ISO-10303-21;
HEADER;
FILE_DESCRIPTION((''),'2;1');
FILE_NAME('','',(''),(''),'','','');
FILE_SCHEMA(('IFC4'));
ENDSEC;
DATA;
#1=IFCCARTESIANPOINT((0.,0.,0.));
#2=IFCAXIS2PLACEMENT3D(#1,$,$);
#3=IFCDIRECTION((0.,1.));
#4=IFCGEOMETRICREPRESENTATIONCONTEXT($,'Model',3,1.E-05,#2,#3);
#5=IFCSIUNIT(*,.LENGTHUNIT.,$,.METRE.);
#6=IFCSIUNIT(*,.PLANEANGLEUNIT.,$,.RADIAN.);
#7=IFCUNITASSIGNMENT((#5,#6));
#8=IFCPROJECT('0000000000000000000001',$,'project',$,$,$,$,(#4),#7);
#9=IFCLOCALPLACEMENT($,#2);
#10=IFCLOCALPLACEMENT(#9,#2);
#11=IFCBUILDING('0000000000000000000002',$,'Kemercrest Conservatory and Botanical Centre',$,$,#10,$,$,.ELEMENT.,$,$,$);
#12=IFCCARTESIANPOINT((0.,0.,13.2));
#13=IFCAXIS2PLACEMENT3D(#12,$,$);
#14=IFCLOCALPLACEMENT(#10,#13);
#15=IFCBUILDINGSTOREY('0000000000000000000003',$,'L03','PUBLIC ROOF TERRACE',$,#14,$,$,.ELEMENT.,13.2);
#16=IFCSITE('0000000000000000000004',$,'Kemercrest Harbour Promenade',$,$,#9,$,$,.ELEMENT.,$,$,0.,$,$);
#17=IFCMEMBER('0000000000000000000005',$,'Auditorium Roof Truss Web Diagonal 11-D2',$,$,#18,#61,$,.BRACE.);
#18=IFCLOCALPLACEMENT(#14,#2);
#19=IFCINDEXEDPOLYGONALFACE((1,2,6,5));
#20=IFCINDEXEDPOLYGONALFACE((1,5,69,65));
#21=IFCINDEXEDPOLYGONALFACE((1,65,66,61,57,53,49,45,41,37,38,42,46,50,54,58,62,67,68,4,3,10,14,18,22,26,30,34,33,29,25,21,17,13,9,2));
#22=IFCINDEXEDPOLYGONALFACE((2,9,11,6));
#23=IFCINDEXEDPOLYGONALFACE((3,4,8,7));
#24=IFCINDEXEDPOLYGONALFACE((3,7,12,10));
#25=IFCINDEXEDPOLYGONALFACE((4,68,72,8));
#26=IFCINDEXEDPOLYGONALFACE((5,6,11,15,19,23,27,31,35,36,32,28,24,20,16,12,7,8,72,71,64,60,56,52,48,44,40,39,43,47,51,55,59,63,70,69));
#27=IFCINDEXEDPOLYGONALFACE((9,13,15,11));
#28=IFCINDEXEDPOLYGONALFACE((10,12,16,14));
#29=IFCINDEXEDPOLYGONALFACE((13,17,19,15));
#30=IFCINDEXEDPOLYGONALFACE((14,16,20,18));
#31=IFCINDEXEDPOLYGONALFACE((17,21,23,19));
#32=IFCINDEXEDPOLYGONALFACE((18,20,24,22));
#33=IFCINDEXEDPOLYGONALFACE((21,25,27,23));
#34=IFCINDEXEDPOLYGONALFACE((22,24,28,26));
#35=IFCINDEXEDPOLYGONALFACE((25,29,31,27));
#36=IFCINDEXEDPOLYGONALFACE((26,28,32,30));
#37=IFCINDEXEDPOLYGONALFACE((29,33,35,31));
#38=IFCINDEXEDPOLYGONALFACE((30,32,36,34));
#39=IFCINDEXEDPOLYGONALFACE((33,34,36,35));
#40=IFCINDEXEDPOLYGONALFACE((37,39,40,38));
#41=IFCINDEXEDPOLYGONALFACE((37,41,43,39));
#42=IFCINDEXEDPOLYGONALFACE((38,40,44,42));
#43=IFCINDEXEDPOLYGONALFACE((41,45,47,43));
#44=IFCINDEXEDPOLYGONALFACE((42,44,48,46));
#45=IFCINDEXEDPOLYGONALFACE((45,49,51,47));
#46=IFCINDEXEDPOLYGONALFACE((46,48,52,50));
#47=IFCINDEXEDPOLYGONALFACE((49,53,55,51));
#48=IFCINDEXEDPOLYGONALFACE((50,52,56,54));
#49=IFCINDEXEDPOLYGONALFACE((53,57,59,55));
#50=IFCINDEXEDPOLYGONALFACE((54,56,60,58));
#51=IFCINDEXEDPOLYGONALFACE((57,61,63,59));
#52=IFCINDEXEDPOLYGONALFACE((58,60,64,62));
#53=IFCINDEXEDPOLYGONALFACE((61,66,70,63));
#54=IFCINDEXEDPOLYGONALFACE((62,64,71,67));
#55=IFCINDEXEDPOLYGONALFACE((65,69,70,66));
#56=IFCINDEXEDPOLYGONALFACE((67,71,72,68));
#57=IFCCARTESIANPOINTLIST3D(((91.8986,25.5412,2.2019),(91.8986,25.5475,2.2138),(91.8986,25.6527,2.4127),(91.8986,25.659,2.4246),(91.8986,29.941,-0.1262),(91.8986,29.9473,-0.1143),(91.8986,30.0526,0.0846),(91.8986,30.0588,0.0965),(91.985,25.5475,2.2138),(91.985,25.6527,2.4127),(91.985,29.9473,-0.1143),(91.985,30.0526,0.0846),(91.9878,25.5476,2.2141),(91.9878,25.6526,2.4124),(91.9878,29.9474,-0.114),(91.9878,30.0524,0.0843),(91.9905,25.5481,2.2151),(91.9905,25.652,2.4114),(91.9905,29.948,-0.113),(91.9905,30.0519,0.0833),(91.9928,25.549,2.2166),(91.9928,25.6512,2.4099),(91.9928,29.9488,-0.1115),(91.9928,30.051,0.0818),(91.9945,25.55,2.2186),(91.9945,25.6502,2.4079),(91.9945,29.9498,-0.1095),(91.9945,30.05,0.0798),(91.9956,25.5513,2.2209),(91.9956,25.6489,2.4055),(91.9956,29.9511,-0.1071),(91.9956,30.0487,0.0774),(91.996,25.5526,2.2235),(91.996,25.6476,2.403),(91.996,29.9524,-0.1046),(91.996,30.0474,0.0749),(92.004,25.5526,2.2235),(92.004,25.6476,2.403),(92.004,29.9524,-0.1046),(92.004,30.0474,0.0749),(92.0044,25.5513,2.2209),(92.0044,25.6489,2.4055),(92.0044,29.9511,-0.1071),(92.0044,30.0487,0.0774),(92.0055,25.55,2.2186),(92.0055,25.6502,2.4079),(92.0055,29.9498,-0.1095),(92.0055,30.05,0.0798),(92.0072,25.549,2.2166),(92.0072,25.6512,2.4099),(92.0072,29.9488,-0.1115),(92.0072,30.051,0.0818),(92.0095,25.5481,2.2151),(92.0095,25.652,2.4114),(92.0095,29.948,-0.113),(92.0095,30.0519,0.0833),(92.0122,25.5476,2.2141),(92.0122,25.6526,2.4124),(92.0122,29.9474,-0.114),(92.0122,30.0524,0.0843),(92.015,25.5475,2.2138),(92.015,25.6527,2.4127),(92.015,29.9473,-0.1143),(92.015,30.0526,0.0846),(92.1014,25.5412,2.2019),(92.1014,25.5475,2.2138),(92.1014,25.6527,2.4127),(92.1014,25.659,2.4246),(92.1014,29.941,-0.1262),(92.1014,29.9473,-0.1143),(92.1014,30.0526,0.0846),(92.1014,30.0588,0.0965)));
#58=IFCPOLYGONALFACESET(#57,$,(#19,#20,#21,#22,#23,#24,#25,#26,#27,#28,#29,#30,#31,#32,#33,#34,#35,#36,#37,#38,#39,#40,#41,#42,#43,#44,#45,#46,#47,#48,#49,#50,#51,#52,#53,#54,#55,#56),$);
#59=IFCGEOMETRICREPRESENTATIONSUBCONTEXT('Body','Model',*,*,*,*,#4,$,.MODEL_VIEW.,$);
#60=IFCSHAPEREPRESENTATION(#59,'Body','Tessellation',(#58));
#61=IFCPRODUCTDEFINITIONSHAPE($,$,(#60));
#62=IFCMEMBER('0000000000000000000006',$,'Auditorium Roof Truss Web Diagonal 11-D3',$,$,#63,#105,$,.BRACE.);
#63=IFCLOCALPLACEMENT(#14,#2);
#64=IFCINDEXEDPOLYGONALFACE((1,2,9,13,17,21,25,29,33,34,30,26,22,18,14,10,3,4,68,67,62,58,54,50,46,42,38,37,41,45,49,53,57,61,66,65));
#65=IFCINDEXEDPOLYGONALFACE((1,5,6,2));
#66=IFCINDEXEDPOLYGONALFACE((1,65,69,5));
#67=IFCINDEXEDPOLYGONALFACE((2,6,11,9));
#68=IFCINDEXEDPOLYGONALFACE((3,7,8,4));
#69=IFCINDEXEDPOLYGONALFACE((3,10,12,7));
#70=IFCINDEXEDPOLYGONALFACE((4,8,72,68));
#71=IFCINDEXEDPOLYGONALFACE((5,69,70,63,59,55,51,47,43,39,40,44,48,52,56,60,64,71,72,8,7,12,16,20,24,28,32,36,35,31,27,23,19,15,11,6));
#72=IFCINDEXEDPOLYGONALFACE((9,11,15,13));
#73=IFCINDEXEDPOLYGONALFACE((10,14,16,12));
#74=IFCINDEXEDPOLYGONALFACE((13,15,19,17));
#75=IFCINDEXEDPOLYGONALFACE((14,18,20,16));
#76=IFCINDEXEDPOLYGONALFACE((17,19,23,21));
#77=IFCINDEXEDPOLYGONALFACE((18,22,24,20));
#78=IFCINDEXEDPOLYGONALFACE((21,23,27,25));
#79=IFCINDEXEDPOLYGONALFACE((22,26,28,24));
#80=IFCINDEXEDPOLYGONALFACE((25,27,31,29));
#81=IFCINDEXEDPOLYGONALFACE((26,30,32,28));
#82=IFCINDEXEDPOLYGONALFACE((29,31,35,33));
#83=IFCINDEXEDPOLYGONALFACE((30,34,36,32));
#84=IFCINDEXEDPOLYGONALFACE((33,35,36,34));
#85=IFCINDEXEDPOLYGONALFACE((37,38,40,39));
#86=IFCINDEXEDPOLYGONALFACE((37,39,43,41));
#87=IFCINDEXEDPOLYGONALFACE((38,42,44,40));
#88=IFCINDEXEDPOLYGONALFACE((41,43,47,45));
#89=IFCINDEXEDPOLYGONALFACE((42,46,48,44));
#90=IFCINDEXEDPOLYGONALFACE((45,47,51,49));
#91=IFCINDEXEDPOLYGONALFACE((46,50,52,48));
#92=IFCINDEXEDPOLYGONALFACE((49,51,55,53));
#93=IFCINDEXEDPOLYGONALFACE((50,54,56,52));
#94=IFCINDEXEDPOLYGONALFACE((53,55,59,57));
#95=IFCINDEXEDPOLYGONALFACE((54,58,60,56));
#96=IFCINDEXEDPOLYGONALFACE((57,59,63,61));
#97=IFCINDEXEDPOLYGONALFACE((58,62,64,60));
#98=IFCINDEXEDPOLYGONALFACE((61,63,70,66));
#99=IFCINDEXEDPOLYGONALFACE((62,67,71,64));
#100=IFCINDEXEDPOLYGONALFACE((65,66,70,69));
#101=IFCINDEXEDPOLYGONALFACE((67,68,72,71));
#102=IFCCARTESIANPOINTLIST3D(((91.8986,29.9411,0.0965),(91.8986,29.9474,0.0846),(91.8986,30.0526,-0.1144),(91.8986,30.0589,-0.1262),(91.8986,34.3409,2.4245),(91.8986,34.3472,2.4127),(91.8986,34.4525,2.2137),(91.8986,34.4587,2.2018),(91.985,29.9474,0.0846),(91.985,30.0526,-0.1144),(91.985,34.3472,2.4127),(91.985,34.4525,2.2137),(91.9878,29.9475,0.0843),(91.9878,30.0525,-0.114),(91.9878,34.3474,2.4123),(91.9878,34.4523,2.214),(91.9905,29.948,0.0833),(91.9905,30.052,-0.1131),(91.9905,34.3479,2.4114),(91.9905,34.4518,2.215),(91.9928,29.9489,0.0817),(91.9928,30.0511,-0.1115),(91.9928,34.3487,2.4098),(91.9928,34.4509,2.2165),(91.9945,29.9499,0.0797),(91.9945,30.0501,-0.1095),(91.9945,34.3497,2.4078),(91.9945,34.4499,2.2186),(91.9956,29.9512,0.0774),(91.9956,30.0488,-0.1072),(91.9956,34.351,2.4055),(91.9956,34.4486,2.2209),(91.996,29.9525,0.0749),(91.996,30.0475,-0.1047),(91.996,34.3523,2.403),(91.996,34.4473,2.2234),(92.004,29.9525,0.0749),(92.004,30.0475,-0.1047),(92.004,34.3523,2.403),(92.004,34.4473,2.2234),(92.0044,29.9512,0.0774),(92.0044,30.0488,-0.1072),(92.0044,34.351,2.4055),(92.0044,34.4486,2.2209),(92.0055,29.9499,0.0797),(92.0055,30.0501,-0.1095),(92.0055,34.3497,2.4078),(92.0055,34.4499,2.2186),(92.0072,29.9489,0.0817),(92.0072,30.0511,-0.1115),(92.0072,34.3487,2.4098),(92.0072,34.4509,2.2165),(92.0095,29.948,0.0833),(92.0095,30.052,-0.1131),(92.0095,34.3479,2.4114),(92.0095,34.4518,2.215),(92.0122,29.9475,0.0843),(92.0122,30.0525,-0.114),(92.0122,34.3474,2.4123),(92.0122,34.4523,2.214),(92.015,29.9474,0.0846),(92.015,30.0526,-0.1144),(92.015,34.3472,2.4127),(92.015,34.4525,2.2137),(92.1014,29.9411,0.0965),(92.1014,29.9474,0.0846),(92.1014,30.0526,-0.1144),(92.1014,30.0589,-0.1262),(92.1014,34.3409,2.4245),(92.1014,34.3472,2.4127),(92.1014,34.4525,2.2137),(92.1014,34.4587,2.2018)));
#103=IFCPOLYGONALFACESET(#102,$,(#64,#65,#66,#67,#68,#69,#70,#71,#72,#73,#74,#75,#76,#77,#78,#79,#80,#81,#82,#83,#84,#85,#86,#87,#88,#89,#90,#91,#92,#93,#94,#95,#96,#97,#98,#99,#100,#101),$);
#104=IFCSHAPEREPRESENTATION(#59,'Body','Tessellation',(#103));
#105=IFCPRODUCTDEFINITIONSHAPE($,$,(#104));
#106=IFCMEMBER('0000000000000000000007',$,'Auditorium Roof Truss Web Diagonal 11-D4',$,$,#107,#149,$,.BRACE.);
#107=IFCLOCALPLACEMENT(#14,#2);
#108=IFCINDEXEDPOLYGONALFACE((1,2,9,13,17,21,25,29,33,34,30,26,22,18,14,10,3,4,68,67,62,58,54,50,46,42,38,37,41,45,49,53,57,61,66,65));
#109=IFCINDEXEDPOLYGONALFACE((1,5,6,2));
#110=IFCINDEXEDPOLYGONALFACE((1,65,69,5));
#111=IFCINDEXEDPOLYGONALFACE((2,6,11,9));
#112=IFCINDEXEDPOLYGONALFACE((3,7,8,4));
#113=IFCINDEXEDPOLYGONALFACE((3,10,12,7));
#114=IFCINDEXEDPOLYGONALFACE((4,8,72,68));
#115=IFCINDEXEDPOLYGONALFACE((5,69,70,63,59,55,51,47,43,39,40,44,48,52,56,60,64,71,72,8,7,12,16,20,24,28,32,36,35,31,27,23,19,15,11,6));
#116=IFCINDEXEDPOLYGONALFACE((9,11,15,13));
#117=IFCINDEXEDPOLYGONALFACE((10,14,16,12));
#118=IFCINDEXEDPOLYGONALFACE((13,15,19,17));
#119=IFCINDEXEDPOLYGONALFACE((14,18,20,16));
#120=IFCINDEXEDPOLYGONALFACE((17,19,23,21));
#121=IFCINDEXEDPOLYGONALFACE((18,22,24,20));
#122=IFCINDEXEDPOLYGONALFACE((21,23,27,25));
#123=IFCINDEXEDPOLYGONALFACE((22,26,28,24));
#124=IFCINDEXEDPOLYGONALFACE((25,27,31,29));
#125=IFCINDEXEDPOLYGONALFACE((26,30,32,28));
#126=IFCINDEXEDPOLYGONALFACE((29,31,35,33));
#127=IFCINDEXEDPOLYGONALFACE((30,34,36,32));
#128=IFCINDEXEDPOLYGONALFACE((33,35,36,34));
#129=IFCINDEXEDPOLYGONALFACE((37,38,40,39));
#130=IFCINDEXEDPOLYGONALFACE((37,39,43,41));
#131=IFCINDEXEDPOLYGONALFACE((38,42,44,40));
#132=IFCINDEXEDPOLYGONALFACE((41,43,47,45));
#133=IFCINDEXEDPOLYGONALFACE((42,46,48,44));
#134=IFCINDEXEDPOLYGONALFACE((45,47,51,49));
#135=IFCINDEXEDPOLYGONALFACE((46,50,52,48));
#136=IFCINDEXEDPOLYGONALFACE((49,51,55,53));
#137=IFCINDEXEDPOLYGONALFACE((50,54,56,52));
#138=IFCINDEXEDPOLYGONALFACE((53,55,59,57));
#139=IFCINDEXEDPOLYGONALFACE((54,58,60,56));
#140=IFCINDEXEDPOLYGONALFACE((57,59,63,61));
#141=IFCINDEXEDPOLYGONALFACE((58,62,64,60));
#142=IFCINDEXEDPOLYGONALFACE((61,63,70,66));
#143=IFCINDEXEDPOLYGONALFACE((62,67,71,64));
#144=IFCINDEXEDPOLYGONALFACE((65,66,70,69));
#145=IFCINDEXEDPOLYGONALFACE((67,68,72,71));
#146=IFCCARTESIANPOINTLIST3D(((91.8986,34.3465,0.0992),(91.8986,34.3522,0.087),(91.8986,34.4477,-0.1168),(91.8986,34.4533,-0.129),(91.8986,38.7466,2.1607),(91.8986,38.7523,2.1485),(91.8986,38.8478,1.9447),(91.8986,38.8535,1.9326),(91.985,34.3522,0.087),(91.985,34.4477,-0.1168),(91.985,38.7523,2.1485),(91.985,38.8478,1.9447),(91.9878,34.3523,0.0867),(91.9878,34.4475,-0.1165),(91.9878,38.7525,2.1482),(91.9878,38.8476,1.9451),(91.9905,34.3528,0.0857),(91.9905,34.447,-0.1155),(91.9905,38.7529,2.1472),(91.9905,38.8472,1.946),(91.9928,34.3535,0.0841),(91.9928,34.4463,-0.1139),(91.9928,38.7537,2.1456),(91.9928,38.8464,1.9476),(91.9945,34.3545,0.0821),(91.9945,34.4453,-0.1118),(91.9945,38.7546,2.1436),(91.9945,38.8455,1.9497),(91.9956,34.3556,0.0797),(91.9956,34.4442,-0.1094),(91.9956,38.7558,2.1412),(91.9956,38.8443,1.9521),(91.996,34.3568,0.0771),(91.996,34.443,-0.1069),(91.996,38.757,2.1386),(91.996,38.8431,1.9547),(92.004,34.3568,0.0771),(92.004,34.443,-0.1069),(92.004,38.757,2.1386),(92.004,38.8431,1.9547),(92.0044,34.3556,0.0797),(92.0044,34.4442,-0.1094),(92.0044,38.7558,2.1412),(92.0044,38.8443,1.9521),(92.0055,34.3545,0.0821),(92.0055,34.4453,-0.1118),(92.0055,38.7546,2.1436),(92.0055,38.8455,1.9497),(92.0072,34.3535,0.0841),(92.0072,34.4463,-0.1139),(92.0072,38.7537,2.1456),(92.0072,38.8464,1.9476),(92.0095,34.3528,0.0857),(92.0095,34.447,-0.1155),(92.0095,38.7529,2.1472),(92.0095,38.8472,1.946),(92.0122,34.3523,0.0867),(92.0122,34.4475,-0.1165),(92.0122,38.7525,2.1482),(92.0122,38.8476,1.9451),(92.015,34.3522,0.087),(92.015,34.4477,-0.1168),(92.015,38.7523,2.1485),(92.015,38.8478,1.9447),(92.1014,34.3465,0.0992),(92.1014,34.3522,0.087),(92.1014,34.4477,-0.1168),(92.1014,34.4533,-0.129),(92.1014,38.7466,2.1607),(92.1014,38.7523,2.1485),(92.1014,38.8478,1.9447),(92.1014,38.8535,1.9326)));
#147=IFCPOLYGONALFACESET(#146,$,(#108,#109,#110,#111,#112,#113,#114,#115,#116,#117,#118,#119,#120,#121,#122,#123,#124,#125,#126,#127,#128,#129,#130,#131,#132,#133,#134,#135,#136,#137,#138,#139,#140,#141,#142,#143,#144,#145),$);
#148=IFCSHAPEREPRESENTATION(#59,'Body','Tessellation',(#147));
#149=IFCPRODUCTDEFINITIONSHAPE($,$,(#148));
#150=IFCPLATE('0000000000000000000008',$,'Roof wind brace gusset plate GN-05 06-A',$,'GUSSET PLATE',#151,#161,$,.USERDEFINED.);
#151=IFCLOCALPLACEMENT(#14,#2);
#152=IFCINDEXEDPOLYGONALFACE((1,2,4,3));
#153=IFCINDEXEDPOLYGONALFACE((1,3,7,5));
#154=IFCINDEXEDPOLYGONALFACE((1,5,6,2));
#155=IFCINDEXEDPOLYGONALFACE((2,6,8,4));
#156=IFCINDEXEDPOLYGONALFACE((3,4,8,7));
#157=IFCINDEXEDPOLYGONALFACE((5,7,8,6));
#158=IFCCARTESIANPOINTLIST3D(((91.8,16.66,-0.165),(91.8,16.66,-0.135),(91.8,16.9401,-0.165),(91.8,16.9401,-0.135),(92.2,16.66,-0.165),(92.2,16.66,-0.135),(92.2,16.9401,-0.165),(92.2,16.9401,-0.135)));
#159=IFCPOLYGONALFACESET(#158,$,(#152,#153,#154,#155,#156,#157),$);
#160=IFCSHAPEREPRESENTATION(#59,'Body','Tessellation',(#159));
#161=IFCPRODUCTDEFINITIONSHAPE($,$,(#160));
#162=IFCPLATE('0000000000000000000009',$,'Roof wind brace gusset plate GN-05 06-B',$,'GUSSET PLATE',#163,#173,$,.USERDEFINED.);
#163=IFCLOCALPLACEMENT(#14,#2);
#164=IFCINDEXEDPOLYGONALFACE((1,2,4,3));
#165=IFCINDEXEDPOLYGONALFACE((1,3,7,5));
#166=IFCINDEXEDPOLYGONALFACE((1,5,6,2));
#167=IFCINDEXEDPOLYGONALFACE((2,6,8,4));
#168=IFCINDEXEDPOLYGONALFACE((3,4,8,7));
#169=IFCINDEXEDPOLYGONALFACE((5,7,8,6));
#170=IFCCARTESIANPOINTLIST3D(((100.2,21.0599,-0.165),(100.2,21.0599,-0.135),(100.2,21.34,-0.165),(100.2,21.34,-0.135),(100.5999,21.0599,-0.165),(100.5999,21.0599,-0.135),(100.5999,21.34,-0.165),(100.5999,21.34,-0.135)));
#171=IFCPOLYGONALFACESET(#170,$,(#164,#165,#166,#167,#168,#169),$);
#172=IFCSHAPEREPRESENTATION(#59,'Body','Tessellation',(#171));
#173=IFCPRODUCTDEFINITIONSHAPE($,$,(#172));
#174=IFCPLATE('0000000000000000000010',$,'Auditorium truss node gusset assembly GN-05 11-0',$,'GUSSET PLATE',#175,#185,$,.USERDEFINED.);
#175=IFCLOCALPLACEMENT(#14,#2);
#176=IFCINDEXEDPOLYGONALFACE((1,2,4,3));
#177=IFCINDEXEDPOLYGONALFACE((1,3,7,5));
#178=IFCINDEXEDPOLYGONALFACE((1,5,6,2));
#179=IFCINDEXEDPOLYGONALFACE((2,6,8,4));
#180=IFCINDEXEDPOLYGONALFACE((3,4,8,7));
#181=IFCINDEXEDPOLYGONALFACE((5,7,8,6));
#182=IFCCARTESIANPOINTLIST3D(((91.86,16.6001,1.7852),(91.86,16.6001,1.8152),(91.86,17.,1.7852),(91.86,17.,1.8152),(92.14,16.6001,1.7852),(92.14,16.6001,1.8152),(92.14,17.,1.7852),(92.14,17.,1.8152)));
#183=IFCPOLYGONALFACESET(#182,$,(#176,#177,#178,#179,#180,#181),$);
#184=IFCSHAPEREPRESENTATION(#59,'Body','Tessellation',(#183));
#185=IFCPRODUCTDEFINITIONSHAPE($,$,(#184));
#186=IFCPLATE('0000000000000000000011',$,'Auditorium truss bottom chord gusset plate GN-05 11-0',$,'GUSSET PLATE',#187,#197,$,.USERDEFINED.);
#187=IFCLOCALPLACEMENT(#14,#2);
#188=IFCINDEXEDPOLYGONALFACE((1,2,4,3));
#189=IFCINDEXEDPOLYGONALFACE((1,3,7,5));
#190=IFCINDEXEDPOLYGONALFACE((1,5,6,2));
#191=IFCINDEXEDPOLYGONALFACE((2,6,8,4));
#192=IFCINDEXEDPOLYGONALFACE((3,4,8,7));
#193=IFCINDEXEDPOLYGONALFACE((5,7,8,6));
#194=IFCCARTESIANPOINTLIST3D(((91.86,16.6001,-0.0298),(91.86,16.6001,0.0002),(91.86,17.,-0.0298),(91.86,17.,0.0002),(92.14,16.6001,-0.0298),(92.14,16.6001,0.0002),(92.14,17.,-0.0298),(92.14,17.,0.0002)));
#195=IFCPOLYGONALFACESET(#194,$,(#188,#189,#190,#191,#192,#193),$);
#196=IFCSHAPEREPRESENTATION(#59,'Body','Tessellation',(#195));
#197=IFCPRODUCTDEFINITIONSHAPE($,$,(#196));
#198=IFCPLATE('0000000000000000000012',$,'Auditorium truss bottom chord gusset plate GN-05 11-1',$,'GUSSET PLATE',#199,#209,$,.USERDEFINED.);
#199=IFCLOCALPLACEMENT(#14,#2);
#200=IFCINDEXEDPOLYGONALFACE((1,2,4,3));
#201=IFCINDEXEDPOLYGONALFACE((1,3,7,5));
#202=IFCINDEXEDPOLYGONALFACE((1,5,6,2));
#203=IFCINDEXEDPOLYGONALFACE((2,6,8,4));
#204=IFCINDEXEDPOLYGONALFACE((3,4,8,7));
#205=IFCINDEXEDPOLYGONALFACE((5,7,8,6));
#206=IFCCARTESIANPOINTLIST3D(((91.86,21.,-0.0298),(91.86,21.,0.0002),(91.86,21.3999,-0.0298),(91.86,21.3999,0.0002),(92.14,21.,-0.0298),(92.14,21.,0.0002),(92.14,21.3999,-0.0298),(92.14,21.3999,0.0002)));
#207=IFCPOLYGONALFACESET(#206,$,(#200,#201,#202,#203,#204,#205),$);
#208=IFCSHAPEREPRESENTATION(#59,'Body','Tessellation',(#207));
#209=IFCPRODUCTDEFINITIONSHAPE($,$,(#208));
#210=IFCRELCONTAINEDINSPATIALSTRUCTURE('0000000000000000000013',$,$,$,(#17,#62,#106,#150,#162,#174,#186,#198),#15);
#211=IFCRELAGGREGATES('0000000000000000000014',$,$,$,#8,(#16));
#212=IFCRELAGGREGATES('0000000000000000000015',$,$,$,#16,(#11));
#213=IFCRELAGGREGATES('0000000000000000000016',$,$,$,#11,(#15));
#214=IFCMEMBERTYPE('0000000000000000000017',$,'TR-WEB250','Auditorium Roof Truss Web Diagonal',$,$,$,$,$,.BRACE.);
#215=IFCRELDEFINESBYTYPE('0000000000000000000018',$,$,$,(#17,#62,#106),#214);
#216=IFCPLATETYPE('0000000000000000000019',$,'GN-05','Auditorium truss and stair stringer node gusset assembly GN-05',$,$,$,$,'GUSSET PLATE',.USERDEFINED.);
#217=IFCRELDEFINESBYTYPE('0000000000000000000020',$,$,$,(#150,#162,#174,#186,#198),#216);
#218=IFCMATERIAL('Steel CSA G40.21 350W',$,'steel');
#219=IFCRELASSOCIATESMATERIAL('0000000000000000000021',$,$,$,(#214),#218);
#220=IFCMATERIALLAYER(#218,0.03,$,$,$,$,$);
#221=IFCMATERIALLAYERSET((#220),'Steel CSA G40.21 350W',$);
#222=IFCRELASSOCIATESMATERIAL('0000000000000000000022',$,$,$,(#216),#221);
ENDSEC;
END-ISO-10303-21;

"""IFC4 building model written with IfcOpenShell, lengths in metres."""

from ifc_helpers import new_model, si_unit, direction, frame, origin, origin_2d, place, context, subcontext, project, spatial, rectangle, i_section, extrude, material, layer, layer_set, material_profile, profile_set, type_object, element, save


model = new_model("IFC4")

# Units and contexts
model_context = context("Model", 3, precision=1e-05, world=origin(), true_north=direction((0.0, 1.0)))
body_context = subcontext(model_context, "Body", "Model", "MODEL_VIEW")
ifc_project = project(units=[si_unit("LENGTHUNIT", "METRE"), si_unit("PLANEANGLEUNIT", "RADIAN")], contexts=[model_context])

# Site, building, storey
site_placement = place(None, origin())
site = spatial("IfcSite", under=ifc_project, at=site_placement, Name="Kemercrest Harbour Promenade", CompositionType="ELEMENT", RefElevation=0.0)
building_placement = place(site_placement, origin())
building = spatial("IfcBuilding", under=site, at=building_placement, Name="Kemercrest Conservatory and Botanical Centre", CompositionType="ELEMENT")
storey_placement = place(building_placement, frame((0.0, 0.0, 13.2)))
storey = spatial("IfcBuildingStorey", under=building, at=storey_placement, Name="L03", Description="PUBLIC ROOF TERRACE", CompositionType="ELEMENT", Elevation=13.2)

# Members
ifc_material = material(Name="Steel CSA G40.21 350W", Category="steel")
ifc_material_profile_1 = material_profile(ifc_material, i_section(OverallWidth=0.2029, OverallDepth=0.252, WebThickness=0.0081, FlangeThickness=0.0134, FilletRadius=0.011, at=origin_2d()), Name="W250X58")
ifc_profile_set_1 = profile_set([ifc_material_profile_1], Name="Steel CSA G40.21 350W")
member_type_1 = type_object("IfcMemberType", Name="TR-WEB250", Description="Auditorium Roof Truss Web Diagonal", PredefinedType="BRACE", material=ifc_profile_set_1)
for number, where, z_axis, x_axis, name in (
    (1, (92.0, 25.6001, 2.3132), (0.0, 0.88389, -0.467694), (-1.0, 0.0, 0.0), "Auditorium Roof Truss Web Diagonal 11-D2"),
    (2, (92.0, 30.0, -0.0149), (0.0, 0.88389, 0.467694), (-1.0, 0.0, 0.0), "Auditorium Roof Truss Web Diagonal 11-D3"),
):
    element("IfcMember", number, at=place(storey_placement, frame(where, z_axis=z_axis, x_axis=x_axis)), inside=storey, type_object=member_type_1, Name=name, PredefinedType="BRACE", context=body_context, shape_type="SweptSolid", body=[
        extrude(i_section(OverallWidth=0.2029, OverallDepth=0.252, WebThickness=0.0081, FlangeThickness=0.0134, FilletRadius=0.011, at=origin_2d()), origin(), (0.0, 0.0, 1.0), 4.9778),
    ])
member_1_placement = place(storey_placement, frame((92.0, 34.3999, -0.0149), z_axis=(0.0, 0.905542, 0.424258), x_axis=(-1.0, 0.0, 0.0)))
element("IfcMember", 3, at=member_1_placement, inside=storey, type_object=member_type_1, Name="Auditorium Roof Truss Web Diagonal 11-D4", PredefinedType="BRACE", context=body_context, shape_type="SweptSolid", body=[
    extrude(i_section(OverallWidth=0.2029, OverallDepth=0.252, WebThickness=0.0081, FlangeThickness=0.0134, FilletRadius=0.011, at=origin_2d()), origin(), (0.0, 0.0, 1.0), 4.8591),
])

# Plates
ifc_layer = layer(ifc_material, 0.03)
ifc_layer_set = layer_set([ifc_layer], Name="Steel CSA G40.21 350W")
plate_type = type_object("IfcPlateType", Name="GN-05", Description="Auditorium truss and stair stringer node gusset assembly GN-05", ElementType="GUSSET PLATE", PredefinedType="USERDEFINED", material=ifc_layer_set)
for number, where, z_axis, x_axis, name in (
    (4, (92.0, 16.8, -0.165), (0.0, 0.0, 1.0), (1.0, 0.0, 0.0), "Roof wind brace gusset plate GN-05 06-A"),
    (5, (100.3999, 21.2, -0.165), (0.0, 0.0, 1.0), (1.0, 0.0, 0.0), "Roof wind brace gusset plate GN-05 06-B"),
    (6, (92.0, 16.8, 1.7852), (0.0, 0.0, 1.0), (0.0, 1.0, 0.0), "Auditorium truss node gusset assembly GN-05 11-0"),
    (7, (92.0, 16.8, -0.0298), (0.0, 0.0, 1.0), (0.0, 1.0, 0.0), "Auditorium truss bottom chord gusset plate GN-05 11-0"),
    (8, (92.0, 21.2, -0.0298), (0.0, 0.0, 1.0), (0.0, 1.0, 0.0), "Auditorium truss bottom chord gusset plate GN-05 11-1"),
):
    element("IfcPlate", number, at=place(storey_placement, frame(where, z_axis=z_axis, x_axis=x_axis)), inside=storey, type_object=plate_type, Name=name, ObjectType="GUSSET PLATE", PredefinedType="USERDEFINED", context=body_context, shape_type="SweptSolid", body=[
        extrude(rectangle(XDim=0.3999, YDim=0.28, at=origin_2d()), origin(), (0.0, 0.0, 1.0), 0.03),
    ])

save(model, "model.ifc")
